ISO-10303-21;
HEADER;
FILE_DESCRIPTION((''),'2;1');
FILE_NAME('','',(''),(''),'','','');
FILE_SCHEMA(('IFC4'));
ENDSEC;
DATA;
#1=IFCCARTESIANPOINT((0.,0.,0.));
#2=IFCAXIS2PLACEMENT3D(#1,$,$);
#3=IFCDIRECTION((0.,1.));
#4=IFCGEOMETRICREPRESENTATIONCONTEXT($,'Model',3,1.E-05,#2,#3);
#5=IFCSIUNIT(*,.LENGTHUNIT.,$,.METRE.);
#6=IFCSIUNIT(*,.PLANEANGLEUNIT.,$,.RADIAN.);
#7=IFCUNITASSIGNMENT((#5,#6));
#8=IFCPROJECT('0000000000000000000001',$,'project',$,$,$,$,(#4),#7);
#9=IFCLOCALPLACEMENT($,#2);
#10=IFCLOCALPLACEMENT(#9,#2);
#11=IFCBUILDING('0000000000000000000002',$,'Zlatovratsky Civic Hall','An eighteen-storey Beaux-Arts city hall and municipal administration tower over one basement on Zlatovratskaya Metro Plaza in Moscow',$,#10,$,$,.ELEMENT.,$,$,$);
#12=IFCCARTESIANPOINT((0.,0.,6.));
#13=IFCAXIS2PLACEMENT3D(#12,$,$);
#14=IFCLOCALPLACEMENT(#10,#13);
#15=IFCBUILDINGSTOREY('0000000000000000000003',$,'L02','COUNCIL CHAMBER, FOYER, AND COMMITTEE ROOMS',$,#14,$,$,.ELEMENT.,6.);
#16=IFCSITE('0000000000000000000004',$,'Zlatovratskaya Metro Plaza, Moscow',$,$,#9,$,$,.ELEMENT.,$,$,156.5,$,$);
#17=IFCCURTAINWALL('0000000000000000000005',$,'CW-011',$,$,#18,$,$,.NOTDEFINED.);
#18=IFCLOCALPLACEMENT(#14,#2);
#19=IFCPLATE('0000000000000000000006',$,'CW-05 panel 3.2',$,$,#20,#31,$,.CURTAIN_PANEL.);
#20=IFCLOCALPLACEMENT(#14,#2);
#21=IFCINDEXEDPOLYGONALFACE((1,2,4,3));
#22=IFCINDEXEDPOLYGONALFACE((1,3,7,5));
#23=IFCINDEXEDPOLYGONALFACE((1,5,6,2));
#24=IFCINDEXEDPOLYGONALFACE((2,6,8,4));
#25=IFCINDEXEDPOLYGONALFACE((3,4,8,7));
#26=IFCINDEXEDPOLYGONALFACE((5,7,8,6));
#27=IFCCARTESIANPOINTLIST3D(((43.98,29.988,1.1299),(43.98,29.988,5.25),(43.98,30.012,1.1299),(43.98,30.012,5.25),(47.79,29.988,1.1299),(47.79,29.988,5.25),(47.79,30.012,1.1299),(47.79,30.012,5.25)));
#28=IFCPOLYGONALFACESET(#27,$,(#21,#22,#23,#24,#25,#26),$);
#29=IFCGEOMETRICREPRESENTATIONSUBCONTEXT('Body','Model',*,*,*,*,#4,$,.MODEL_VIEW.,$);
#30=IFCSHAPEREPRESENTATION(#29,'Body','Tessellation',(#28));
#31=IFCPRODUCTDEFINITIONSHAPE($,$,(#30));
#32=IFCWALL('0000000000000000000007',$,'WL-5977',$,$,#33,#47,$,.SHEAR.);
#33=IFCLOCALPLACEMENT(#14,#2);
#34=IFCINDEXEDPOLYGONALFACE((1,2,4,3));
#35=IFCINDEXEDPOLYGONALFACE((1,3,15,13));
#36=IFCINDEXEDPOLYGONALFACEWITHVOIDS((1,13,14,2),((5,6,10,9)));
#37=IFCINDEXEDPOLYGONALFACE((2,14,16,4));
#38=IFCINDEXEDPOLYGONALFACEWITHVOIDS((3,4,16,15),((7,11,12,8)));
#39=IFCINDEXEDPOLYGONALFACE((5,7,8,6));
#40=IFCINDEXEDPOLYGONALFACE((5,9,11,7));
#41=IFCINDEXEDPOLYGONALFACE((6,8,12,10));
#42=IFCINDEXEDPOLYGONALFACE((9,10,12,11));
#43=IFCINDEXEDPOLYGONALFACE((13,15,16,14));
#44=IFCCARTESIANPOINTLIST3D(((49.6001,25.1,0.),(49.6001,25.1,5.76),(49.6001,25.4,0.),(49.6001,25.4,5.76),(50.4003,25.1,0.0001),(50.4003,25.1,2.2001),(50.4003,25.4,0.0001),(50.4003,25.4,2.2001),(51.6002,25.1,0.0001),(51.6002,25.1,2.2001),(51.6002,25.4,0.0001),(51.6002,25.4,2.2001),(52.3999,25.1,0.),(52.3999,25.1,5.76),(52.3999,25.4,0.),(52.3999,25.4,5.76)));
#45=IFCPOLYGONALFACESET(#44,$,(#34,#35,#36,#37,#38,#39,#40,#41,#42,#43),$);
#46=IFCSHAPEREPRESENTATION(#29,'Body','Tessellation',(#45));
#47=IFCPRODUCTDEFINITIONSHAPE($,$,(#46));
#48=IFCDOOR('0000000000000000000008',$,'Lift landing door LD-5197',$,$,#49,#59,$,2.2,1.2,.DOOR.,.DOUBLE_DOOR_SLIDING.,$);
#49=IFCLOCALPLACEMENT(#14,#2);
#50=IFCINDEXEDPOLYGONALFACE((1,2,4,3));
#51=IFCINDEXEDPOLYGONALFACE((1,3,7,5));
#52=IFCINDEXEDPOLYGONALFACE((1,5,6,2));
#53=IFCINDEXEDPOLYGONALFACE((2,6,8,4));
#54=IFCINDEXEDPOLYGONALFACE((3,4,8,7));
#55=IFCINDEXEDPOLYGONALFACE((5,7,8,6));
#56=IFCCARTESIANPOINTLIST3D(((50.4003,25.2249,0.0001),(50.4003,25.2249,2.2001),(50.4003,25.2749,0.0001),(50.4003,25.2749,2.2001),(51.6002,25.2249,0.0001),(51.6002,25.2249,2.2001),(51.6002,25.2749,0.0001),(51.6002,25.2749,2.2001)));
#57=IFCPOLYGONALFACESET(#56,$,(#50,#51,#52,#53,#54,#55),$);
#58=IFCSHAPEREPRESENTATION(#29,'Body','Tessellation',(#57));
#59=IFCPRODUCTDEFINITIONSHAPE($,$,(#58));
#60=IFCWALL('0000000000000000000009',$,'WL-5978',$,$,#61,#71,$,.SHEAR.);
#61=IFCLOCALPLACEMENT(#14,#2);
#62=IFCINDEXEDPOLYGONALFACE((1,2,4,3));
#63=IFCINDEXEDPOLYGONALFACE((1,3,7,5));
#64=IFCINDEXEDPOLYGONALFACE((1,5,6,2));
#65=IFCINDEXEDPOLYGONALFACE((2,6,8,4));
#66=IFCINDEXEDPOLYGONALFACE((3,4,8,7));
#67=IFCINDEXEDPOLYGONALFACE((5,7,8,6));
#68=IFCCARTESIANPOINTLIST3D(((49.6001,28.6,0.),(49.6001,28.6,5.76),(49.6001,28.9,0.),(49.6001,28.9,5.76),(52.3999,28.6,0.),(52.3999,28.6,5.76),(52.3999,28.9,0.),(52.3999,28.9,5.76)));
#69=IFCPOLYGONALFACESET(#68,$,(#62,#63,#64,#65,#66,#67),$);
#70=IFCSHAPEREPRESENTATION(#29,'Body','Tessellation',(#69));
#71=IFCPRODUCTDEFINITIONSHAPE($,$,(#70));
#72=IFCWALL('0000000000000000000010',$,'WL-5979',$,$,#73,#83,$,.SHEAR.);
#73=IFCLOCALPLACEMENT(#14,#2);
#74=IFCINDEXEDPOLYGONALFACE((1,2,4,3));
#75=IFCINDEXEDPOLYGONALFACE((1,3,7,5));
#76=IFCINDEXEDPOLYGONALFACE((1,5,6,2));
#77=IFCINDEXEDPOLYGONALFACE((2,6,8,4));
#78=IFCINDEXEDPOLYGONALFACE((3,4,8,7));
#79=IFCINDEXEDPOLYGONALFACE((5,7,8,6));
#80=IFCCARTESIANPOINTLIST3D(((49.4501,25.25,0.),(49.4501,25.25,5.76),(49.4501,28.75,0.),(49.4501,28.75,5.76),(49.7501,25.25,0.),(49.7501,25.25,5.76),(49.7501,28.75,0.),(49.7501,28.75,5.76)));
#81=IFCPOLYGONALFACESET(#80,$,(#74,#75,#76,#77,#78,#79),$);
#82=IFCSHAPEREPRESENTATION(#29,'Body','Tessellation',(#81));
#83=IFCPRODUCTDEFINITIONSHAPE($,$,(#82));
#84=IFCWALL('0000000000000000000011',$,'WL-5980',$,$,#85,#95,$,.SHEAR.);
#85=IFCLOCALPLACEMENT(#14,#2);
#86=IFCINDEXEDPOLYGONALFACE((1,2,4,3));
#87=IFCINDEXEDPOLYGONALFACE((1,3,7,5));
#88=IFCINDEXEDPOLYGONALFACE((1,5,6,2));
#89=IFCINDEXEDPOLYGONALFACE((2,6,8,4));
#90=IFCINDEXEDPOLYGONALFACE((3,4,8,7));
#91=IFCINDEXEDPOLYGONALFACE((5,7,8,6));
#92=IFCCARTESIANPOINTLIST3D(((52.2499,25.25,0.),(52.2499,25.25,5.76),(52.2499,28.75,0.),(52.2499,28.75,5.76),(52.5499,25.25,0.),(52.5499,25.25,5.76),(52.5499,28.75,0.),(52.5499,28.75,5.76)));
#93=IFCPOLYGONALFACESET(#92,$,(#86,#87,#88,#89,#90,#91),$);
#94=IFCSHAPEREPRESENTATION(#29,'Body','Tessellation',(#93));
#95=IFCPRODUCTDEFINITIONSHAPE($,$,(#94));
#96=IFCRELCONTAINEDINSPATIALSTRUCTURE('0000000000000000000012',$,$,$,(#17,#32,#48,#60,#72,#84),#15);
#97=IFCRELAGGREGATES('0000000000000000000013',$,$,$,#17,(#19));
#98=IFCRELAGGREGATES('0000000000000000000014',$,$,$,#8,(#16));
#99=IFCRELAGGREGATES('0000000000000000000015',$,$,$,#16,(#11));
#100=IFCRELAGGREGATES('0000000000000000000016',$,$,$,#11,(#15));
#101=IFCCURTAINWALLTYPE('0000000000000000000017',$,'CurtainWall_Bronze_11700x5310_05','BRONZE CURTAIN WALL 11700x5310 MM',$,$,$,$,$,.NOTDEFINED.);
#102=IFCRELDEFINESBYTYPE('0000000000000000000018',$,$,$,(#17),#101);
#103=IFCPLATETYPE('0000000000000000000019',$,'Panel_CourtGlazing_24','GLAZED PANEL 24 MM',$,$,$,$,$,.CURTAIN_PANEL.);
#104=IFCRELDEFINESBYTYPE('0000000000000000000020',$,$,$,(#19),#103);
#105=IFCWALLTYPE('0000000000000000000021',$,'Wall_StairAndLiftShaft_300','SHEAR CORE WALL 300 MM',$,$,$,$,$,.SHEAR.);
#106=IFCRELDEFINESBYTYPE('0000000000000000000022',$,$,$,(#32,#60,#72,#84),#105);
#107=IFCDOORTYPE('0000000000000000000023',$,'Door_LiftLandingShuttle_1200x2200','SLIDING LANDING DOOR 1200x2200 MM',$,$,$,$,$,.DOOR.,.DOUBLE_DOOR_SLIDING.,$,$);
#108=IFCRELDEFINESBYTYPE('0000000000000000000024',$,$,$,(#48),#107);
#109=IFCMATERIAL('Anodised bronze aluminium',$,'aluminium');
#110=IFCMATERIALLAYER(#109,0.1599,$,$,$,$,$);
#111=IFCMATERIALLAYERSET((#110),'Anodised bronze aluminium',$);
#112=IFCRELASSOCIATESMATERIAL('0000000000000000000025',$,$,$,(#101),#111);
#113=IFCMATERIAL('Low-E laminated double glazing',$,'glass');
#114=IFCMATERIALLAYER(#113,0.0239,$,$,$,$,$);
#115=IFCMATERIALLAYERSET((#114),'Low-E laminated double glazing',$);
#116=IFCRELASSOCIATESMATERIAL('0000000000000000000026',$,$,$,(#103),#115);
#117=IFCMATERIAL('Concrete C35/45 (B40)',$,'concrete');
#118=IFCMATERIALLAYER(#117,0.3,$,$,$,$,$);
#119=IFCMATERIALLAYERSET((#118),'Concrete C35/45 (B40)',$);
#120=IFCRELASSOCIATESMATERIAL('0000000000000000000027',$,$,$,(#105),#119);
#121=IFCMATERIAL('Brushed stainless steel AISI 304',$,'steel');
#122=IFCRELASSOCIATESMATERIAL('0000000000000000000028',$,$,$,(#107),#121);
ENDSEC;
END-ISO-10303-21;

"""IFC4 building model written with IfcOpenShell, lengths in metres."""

from ifc_helpers import new_model, si_unit, direction, frame, frame_2d, origin, origin_2d, place, context, subcontext, project, spatial, rectangle, extrude, material, layer, layer_set, type_object, element, fill, aggregate, save


model = new_model("IFC4")

# Units and contexts
model_context = context("Model", 3, precision=1e-05, world=origin(), true_north=direction((0.0, 1.0)))
body_context = subcontext(model_context, "Body", "Model", "MODEL_VIEW")
ifc_project = project(units=[si_unit("LENGTHUNIT", "METRE"), si_unit("PLANEANGLEUNIT", "RADIAN")], contexts=[model_context])

# Site, building, storey
site_placement = place(None, origin())
site = spatial("IfcSite", under=ifc_project, at=site_placement, Name="Zlatovratskaya Metro Plaza, Moscow", CompositionType="ELEMENT", RefElevation=156.5)
building_placement = place(site_placement, origin())
building = spatial("IfcBuilding", under=site, at=building_placement, Name="Zlatovratsky Civic Hall", Description="An eighteen-storey Beaux-Arts city hall and municipal administration tower over one basement on Zlatovratskaya Metro Plaza in Moscow", CompositionType="ELEMENT")
storey_placement = place(building_placement, frame((0.0, 0.0, 6.0)))
storey = spatial("IfcBuildingStorey", under=building, at=storey_placement, Name="L02", Description="COUNCIL CHAMBER, FOYER, AND COMMITTEE ROOMS", CompositionType="ELEMENT", Elevation=6.0)

# Curtain wall
ifc_material_1 = material(Name="Anodised bronze aluminium", Category="aluminium")
ifc_layer_1 = layer(ifc_material_1, 0.1599)
ifc_layer_set_1 = layer_set([ifc_layer_1], Name="Anodised bronze aluminium")
curtain_wall_type = type_object("IfcCurtainWallType", Name="CurtainWall_Bronze_11700x5310_05", Description="BRONZE CURTAIN WALL 11700x5310 MM", PredefinedType="NOTDEFINED", material=ifc_layer_set_1)
curtain_wall_placement = place(storey_placement, origin())
curtain_wall = element("IfcCurtainWall", 1, at=curtain_wall_placement, inside=storey, type_object=curtain_wall_type, Name="CW-011", PredefinedType="NOTDEFINED")

# Plate
ifc_material_2 = material(Name="Low-E laminated double glazing", Category="glass")
ifc_layer_2 = layer(ifc_material_2, 0.0239)
ifc_layer_set_2 = layer_set([ifc_layer_2], Name="Low-E laminated double glazing")
plate_type = type_object("IfcPlateType", Name="Panel_CourtGlazing_24", Description="GLAZED PANEL 24 MM", PredefinedType="CURTAIN_PANEL", material=ifc_layer_set_2)
plate_1_placement = place(storey_placement, frame((45.885, 30.0, 1.1299), z_axis=(0.0, 0.0, 1.0), x_axis=(1.0, 0.0, 0.0)))
plate_1 = element("IfcPlate", 2, at=plate_1_placement, type_object=plate_type, Name="CW-05 panel 3.2", PredefinedType="CURTAIN_PANEL", context=body_context, shape_type="SweptSolid", body=[
    extrude(rectangle(XDim=3.8101, YDim=0.0239, at=origin_2d()), origin(), (0.0, 0.0, 1.0), 4.1201),
])
aggregate(curtain_wall, [plate_1])

# Wall, opening, door
ifc_material_3 = material(Name="Concrete C35/45 (B40)", Category="concrete")
ifc_layer_3 = layer(ifc_material_3, 0.3)
ifc_layer_set_3 = layer_set([ifc_layer_3], Name="Concrete C35/45 (B40)")
wall_type = type_object("IfcWallType", Name="Wall_StairAndLiftShaft_300", Description="SHEAR CORE WALL 300 MM", PredefinedType="SHEAR", material=ifc_layer_set_3)
wall_1_placement = place(storey_placement, frame((49.6001, 25.25, 0.0), z_axis=(0.0, 0.0, 1.0), x_axis=(1.0, 0.0, 0.0)))
wall_1 = element("IfcWall", 3, at=wall_1_placement, inside=storey, type_object=wall_type, Name="WL-5977", PredefinedType="SHEAR", context=body_context, shape_type="SweptSolid", body=[
    extrude(rectangle(XDim=2.7998, YDim=0.3, at=frame_2d((1.3999, 0.0))), origin(), (0.0, 0.0, 1.0), 5.76),
])
opening_placement = place(wall_1_placement, frame((0.8, 0.0, 0.0)))
opening = element("IfcOpeningElement", 4, at=opening_placement, cuts=wall_1, PredefinedType="OPENING", context=body_context, shape_type="SweptSolid", body=[
    extrude(rectangle(XDim=1.2, YDim=2.2, at=frame_2d((0.6001, 1.1001))), frame((0.0, 0.165, 0.0), z_axis=(0.0, -1.0, 0.0), x_axis=(1.0, 0.0, 0.0)), (0.0, 0.0, 1.0), 0.3298),
])
ifc_material_4 = material(Name="Brushed stainless steel AISI 304", Category="steel")
door_type = type_object("IfcDoorType", Name="Door_LiftLandingShuttle_1200x2200", Description="SLIDING LANDING DOOR 1200x2200 MM", OperationType="DOUBLE_DOOR_SLIDING", PredefinedType="DOOR", material=ifc_material_4)
door_placement = place(opening_placement, origin())
door = element("IfcDoor", 5, at=door_placement, inside=storey, type_object=door_type, Name="Lift landing door LD-5197", OperationType="DOUBLE_DOOR_SLIDING", OverallHeight=2.2, OverallWidth=1.2, PredefinedType="DOOR", context=body_context, shape_type="SweptSolid", body=[
    extrude(rectangle(XDim=1.2, YDim=2.2, at=frame_2d((0.6001, 1.1001))), frame((0.0, 0.0249, 0.0), z_axis=(0.0, -1.0, 0.0), x_axis=(1.0, 0.0, 0.0)), (0.0, 0.0, 1.0), 0.05),
])
fill(opening, door)

# Walls
wall_2_placement = place(storey_placement, frame((49.6001, 28.75, 0.0), z_axis=(0.0, 0.0, 1.0), x_axis=(1.0, 0.0, 0.0)))
element("IfcWall", 6, at=wall_2_placement, inside=storey, type_object=wall_type, Name="WL-5978", PredefinedType="SHEAR", context=body_context, shape_type="SweptSolid", body=[
    extrude(rectangle(XDim=2.7998, YDim=0.3, at=frame_2d((1.3999, 0.0))), origin(), (0.0, 0.0, 1.0), 5.76),
])
for number, where, z_axis, x_axis, name in (
    (7, (49.6001, 25.25, 0.0), (0.0, 0.0, 1.0), (0.0, 1.0, 0.0), "WL-5979"),
    (8, (52.3999, 25.25, 0.0), (0.0, 0.0, 1.0), (0.0, 1.0, 0.0), "WL-5980"),
):
    element("IfcWall", number, at=place(storey_placement, frame(where, z_axis=z_axis, x_axis=x_axis)), inside=storey, type_object=wall_type, Name=name, PredefinedType="SHEAR", context=body_context, shape_type="SweptSolid", body=[
        extrude(rectangle(XDim=3.5, YDim=0.3, at=frame_2d((1.75, 0.0))), origin(), (0.0, 0.0, 1.0), 5.76),
    ])

save(model, "model.ifc")
